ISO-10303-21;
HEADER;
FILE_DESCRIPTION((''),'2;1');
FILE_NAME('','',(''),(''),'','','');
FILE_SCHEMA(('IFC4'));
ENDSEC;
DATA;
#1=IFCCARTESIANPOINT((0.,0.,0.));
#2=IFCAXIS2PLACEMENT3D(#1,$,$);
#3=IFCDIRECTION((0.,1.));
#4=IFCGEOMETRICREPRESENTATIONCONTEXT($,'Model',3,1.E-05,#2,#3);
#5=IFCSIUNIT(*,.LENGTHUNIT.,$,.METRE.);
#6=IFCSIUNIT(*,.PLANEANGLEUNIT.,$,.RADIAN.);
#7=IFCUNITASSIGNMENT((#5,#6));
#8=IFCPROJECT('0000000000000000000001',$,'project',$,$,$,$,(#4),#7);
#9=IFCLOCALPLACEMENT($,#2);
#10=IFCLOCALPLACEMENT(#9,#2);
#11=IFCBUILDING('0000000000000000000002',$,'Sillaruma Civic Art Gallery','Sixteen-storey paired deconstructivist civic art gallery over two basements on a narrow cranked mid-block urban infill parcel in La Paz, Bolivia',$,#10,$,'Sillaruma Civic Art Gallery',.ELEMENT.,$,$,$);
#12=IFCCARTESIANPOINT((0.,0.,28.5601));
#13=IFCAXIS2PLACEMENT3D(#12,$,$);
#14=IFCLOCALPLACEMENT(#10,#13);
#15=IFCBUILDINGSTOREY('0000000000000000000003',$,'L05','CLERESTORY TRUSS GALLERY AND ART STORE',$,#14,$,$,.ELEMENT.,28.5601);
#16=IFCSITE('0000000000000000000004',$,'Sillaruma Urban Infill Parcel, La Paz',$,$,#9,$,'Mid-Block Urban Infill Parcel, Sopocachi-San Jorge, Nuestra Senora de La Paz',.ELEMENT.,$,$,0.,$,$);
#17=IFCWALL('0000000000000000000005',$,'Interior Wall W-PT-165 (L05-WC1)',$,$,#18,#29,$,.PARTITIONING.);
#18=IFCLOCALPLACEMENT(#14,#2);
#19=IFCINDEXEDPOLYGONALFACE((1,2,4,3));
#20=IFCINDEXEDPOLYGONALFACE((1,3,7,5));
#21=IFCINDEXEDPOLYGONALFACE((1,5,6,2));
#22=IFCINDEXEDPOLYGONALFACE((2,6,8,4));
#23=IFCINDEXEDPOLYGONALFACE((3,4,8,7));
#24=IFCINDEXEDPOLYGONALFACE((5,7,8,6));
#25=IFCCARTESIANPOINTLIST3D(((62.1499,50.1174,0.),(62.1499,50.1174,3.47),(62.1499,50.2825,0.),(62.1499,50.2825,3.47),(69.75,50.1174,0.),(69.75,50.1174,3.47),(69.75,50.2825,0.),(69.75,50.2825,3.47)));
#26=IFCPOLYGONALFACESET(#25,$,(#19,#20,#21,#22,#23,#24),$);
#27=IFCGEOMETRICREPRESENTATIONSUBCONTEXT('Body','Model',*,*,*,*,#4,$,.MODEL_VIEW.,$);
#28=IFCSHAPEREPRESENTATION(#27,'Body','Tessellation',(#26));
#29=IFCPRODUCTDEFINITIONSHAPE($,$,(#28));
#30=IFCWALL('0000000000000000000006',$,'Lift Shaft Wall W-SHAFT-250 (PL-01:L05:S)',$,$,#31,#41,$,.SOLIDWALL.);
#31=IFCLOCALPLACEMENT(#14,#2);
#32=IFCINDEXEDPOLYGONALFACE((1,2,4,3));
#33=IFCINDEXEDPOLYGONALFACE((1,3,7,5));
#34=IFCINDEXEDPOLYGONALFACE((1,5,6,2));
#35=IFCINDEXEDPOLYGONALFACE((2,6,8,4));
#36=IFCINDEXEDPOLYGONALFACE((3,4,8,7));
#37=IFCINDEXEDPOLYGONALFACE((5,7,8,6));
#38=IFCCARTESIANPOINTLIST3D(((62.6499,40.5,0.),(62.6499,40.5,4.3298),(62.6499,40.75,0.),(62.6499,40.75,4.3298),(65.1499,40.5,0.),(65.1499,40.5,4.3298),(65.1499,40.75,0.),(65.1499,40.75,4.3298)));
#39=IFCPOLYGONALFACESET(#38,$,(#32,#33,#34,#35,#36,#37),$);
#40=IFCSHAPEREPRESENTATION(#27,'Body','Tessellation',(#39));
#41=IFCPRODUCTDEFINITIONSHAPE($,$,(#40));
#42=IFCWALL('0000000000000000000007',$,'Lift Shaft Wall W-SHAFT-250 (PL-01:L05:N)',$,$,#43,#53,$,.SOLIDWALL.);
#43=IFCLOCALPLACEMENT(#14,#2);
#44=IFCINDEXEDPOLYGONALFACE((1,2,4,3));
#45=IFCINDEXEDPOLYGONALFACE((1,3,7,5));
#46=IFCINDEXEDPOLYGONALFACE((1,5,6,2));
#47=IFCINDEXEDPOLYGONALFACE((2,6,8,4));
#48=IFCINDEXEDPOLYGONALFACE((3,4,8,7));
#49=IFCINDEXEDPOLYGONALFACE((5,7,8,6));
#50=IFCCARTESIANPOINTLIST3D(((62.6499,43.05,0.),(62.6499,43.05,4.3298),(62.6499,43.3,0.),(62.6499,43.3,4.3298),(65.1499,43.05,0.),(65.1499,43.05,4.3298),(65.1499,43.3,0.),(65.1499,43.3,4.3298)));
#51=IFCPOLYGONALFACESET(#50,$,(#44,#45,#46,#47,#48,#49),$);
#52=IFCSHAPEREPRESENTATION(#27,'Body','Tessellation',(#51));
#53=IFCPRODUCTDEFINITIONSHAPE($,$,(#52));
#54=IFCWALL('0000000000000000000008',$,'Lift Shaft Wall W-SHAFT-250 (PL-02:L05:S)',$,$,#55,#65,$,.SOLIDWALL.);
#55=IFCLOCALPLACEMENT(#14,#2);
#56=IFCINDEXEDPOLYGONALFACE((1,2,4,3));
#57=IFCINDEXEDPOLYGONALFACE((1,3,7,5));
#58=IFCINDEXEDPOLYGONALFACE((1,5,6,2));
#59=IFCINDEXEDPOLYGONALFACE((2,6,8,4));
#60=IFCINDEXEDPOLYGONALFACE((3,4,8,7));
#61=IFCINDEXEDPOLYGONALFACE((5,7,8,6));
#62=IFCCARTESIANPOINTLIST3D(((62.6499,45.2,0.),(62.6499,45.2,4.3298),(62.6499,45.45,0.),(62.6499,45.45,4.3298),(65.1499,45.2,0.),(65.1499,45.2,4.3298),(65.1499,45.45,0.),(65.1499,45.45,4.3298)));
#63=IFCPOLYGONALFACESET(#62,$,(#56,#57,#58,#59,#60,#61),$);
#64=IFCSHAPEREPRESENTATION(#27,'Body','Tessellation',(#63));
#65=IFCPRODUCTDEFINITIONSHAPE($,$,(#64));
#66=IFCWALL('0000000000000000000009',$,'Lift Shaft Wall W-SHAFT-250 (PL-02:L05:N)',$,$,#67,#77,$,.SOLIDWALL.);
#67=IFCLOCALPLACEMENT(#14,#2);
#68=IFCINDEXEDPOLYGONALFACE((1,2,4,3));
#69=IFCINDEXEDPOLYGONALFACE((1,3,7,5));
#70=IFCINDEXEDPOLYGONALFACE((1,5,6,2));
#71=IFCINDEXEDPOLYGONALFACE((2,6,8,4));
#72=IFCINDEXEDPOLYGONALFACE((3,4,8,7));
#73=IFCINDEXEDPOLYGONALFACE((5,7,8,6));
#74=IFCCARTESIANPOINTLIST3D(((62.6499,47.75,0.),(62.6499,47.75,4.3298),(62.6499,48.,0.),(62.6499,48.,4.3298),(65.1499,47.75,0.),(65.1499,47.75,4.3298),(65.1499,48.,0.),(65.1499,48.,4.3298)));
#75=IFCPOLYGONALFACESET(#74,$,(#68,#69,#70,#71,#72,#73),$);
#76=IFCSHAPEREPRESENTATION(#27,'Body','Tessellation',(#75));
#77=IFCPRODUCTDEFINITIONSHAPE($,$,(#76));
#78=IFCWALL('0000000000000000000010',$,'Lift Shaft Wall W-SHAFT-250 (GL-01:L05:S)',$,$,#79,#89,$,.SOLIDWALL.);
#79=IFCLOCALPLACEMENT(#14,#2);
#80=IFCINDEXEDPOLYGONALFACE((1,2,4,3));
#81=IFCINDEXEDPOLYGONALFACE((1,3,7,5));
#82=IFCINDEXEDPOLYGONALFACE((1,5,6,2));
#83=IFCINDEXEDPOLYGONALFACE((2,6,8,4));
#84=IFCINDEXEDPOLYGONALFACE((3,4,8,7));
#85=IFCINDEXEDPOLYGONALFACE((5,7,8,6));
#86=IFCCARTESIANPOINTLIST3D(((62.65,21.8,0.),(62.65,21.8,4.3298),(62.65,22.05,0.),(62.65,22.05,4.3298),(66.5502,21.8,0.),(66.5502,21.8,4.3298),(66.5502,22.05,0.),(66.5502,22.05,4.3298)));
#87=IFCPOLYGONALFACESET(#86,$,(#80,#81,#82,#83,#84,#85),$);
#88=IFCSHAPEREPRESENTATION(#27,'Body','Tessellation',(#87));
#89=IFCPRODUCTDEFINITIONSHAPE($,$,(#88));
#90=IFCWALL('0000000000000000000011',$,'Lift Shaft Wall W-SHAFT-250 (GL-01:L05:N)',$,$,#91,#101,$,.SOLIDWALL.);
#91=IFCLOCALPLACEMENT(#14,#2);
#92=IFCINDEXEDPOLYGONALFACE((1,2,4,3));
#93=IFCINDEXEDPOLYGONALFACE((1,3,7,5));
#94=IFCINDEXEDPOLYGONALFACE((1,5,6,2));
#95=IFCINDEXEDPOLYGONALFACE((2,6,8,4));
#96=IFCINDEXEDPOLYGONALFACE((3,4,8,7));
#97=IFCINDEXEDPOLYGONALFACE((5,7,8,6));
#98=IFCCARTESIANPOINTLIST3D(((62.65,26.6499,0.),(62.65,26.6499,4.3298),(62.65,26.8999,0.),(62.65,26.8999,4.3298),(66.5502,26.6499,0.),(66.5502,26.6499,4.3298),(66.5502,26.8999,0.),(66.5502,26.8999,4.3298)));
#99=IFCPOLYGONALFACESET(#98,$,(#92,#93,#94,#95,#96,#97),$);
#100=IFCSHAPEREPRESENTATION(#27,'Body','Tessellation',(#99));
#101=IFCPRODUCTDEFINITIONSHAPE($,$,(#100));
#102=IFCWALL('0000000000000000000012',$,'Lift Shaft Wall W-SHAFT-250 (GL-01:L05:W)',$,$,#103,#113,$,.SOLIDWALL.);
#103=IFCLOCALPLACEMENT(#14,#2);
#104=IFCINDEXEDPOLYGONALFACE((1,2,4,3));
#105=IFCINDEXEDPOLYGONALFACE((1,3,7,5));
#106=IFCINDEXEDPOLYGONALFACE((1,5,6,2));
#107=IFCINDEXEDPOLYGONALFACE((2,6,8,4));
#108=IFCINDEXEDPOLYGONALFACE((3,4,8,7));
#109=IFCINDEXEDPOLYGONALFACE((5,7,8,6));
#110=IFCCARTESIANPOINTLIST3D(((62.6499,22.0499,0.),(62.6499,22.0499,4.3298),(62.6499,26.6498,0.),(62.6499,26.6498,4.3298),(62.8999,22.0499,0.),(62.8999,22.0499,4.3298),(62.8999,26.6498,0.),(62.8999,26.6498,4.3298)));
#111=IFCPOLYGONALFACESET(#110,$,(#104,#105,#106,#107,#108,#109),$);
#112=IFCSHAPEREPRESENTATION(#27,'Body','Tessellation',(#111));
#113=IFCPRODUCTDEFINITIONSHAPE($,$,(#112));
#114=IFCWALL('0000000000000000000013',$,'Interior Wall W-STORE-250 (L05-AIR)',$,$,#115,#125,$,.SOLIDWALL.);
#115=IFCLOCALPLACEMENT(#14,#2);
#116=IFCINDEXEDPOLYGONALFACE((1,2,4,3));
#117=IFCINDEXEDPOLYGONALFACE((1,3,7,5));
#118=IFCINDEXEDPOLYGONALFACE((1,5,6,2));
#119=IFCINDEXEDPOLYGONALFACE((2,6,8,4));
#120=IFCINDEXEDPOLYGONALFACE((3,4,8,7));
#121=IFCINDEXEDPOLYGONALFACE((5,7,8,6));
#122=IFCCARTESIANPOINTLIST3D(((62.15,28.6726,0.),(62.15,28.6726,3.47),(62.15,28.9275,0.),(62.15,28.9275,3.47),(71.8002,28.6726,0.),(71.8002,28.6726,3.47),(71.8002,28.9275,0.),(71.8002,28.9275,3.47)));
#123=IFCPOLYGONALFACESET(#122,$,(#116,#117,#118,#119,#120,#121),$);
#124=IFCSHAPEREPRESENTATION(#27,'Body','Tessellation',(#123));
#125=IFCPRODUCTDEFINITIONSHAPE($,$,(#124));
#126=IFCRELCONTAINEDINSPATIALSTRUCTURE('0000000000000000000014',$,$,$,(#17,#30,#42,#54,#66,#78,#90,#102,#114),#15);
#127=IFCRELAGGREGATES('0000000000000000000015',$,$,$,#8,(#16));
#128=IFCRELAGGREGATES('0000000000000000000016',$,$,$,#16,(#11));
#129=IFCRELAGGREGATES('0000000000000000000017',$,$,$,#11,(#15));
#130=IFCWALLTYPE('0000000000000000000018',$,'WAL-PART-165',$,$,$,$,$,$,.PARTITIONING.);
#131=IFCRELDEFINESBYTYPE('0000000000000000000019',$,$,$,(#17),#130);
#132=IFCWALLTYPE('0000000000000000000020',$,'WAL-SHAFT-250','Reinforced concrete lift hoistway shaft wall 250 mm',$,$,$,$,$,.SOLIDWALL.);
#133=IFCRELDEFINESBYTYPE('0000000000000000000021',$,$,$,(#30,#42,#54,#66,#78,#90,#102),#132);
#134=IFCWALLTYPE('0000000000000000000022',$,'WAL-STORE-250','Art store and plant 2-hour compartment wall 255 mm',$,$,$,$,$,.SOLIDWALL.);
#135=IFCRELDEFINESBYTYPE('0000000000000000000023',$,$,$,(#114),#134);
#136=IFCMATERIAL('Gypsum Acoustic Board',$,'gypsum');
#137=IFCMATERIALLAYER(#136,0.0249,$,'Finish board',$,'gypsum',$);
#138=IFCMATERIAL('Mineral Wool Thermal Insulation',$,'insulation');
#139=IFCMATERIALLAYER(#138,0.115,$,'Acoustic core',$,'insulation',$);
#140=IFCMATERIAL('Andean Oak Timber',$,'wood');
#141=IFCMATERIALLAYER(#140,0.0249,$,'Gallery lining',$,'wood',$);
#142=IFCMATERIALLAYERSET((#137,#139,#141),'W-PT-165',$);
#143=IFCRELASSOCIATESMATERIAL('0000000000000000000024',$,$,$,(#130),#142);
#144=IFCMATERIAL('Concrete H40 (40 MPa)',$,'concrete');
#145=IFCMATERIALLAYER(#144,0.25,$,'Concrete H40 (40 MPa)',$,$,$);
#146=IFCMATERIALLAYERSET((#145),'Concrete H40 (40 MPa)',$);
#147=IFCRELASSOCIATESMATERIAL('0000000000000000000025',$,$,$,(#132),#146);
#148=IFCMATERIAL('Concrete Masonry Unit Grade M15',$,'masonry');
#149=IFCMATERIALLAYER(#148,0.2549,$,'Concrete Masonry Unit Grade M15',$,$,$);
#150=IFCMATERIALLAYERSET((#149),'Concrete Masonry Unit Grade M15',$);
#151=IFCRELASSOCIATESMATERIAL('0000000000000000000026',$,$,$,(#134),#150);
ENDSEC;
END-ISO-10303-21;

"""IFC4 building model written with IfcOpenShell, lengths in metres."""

from ifc_helpers import new_model, si_unit, direction, frame, frame_2d, origin, place, context, subcontext, project, spatial, rectangle, extrude, material, layer, layer_set, type_object, element, save


model = new_model("IFC4")

# Units and contexts
model_context = context("Model", 3, precision=1e-05, world=origin(), true_north=direction((0.0, 1.0)))
body_context = subcontext(model_context, "Body", "Model", "MODEL_VIEW")
ifc_project = project(units=[si_unit("LENGTHUNIT", "METRE"), si_unit("PLANEANGLEUNIT", "RADIAN")], contexts=[model_context])

# Site, building, storey
site_placement = place(None, origin())
site = spatial("IfcSite", under=ifc_project, at=site_placement, Name="Sillaruma Urban Infill Parcel, La Paz", LongName="Mid-Block Urban Infill Parcel, Sopocachi-San Jorge, Nuestra Senora de La Paz", CompositionType="ELEMENT", RefElevation=0.0)
building_placement = place(site_placement, origin())
building = spatial("IfcBuilding", under=site, at=building_placement, Name="Sillaruma Civic Art Gallery", Description="Sixteen-storey paired deconstructivist civic art gallery over two basements on a narrow cranked mid-block urban infill parcel in La Paz, Bolivia", LongName="Sillaruma Civic Art Gallery", CompositionType="ELEMENT")
storey_placement = place(building_placement, frame((0.0, 0.0, 28.5601)))
storey = spatial("IfcBuildingStorey", under=building, at=storey_placement, Name="L05", Description="CLERESTORY TRUSS GALLERY AND ART STORE", CompositionType="ELEMENT", Elevation=28.5601)

# Shared definitions
ifc_material_1 = material(Name="Concrete H40 (40 MPa)", Category="concrete")

# Shared definitions
ifc_material_2 = material(Name="Mineral Wool Thermal Insulation", Category="insulation")

# Walls
ifc_material_3 = material(Name="Gypsum Acoustic Board", Category="gypsum")
ifc_layer_1 = layer(ifc_material_3, 0.0249, Name="Finish board", Category="gypsum")
ifc_layer_2 = layer(ifc_material_2, 0.115, Name="Acoustic core", Category="insulation")
ifc_material_4 = material(Name="Andean Oak Timber", Category="wood")
ifc_layer_3 = layer(ifc_material_4, 0.0249, Name="Gallery lining", Category="wood")
ifc_layer_set_1 = layer_set([ifc_layer_1, ifc_layer_2, ifc_layer_3], Name="W-PT-165")
wall_type_1 = type_object("IfcWallType", Name="WAL-PART-165", PredefinedType="PARTITIONING", material=ifc_layer_set_1)
wall_1_placement = place(storey_placement, frame((62.1499, 50.2, 0.0), z_axis=(0.0, 0.0, 1.0), x_axis=(1.0, 0.0, 0.0)))
element("IfcWall", 1, at=wall_1_placement, inside=storey, type_object=wall_type_1, Name="Interior Wall W-PT-165 (L05-WC1)", PredefinedType="PARTITIONING", context=body_context, shape_type="SweptSolid", body=[
    extrude(rectangle(XDim=7.6001, YDim=0.165, at=frame_2d((3.8, 0.0))), origin(), (0.0, 0.0, 1.0), 3.47),
])
ifc_layer_4 = layer(ifc_material_1, 0.25, Name="Concrete H40 (40 MPa)")
ifc_layer_set_2 = layer_set([ifc_layer_4], Name="Concrete H40 (40 MPa)")
wall_type_2 = type_object("IfcWallType", Name="WAL-SHAFT-250", Description="Reinforced concrete lift hoistway shaft wall 250 mm", PredefinedType="SOLIDWALL", material=ifc_layer_set_2)
for number, where, z_axis, x_axis, name in (
    (2, (62.6499, 40.625, 0.0), (0.0, 0.0, 1.0), (1.0, 0.0, 0.0), "Lift Shaft Wall W-SHAFT-250 (PL-01:L05:S)"),
    (3, (62.6499, 43.175, 0.0), (0.0, 0.0, 1.0), (1.0, 0.0, 0.0), "Lift Shaft Wall W-SHAFT-250 (PL-01:L05:N)"),
    (4, (62.6499, 45.325, 0.0), (0.0, 0.0, 1.0), (1.0, 0.0, 0.0), "Lift Shaft Wall W-SHAFT-250 (PL-02:L05:S)"),
    (5, (62.6499, 47.875, 0.0), (0.0, 0.0, 1.0), (1.0, 0.0, 0.0), "Lift Shaft Wall W-SHAFT-250 (PL-02:L05:N)"),
):
    element("IfcWall", number, at=place(storey_placement, frame(where, z_axis=z_axis, x_axis=x_axis)), inside=storey, type_object=wall_type_2, Name=name, PredefinedType="SOLIDWALL", context=body_context, shape_type="SweptSolid", body=[
        extrude(rectangle(XDim=2.5, YDim=0.25, at=frame_2d((1.25, 0.0))), origin(), (0.0, 0.0, 1.0), 4.3298),
    ])
for number, where, z_axis, x_axis, name in (
    (6, (62.6499, 21.925, 0.0), (0.0, 0.0, 1.0), (1.0, 0.0, 0.0), "Lift Shaft Wall W-SHAFT-250 (GL-01:L05:S)"),
    (7, (62.6499, 26.7749, 0.0), (0.0, 0.0, 1.0), (1.0, 0.0, 0.0), "Lift Shaft Wall W-SHAFT-250 (GL-01:L05:N)"),
):
    element("IfcWall", number, at=place(storey_placement, frame(where, z_axis=z_axis, x_axis=x_axis)), inside=storey, type_object=wall_type_2, Name=name, PredefinedType="SOLIDWALL", context=body_context, shape_type="SweptSolid", body=[
        extrude(rectangle(XDim=3.9001, YDim=0.25, at=frame_2d((1.9502, 0.0))), origin(), (0.0, 0.0, 1.0), 4.3298),
    ])
wall_2_placement = place(storey_placement, frame((62.7749, 22.05, 0.0), z_axis=(0.0, 0.0, 1.0), x_axis=(0.0, 1.0, 0.0)))
element("IfcWall", 8, at=wall_2_placement, inside=storey, type_object=wall_type_2, Name="Lift Shaft Wall W-SHAFT-250 (GL-01:L05:W)", PredefinedType="SOLIDWALL", context=body_context, shape_type="SweptSolid", body=[
    extrude(rectangle(XDim=4.5999, YDim=0.25, at=frame_2d((2.2998, 0.0))), origin(), (0.0, 0.0, 1.0), 4.3298),
])
ifc_material_5 = material(Name="Concrete Masonry Unit Grade M15", Category="masonry")
ifc_layer_5 = layer(ifc_material_5, 0.2549, Name="Concrete Masonry Unit Grade M15")
ifc_layer_set_3 = layer_set([ifc_layer_5], Name="Concrete Masonry Unit Grade M15")
wall_type_3 = type_object("IfcWallType", Name="WAL-STORE-250", Description="Art store and plant 2-hour compartment wall 255 mm", PredefinedType="SOLIDWALL", material=ifc_layer_set_3)
wall_3_placement = place(storey_placement, frame((62.1499, 28.8, 0.0), z_axis=(0.0, 0.0, 1.0), x_axis=(1.0, 0.0, 0.0)))
element("IfcWall", 9, at=wall_3_placement, inside=storey, type_object=wall_type_3, Name="Interior Wall W-STORE-250 (L05-AIR)", PredefinedType="SOLIDWALL", context=body_context, shape_type="SweptSolid", body=[
    extrude(rectangle(XDim=9.6501, YDim=0.2549, at=frame_2d((4.8252, 0.0))), origin(), (0.0, 0.0, 1.0), 3.47),
])

save(model, "model.ifc")
